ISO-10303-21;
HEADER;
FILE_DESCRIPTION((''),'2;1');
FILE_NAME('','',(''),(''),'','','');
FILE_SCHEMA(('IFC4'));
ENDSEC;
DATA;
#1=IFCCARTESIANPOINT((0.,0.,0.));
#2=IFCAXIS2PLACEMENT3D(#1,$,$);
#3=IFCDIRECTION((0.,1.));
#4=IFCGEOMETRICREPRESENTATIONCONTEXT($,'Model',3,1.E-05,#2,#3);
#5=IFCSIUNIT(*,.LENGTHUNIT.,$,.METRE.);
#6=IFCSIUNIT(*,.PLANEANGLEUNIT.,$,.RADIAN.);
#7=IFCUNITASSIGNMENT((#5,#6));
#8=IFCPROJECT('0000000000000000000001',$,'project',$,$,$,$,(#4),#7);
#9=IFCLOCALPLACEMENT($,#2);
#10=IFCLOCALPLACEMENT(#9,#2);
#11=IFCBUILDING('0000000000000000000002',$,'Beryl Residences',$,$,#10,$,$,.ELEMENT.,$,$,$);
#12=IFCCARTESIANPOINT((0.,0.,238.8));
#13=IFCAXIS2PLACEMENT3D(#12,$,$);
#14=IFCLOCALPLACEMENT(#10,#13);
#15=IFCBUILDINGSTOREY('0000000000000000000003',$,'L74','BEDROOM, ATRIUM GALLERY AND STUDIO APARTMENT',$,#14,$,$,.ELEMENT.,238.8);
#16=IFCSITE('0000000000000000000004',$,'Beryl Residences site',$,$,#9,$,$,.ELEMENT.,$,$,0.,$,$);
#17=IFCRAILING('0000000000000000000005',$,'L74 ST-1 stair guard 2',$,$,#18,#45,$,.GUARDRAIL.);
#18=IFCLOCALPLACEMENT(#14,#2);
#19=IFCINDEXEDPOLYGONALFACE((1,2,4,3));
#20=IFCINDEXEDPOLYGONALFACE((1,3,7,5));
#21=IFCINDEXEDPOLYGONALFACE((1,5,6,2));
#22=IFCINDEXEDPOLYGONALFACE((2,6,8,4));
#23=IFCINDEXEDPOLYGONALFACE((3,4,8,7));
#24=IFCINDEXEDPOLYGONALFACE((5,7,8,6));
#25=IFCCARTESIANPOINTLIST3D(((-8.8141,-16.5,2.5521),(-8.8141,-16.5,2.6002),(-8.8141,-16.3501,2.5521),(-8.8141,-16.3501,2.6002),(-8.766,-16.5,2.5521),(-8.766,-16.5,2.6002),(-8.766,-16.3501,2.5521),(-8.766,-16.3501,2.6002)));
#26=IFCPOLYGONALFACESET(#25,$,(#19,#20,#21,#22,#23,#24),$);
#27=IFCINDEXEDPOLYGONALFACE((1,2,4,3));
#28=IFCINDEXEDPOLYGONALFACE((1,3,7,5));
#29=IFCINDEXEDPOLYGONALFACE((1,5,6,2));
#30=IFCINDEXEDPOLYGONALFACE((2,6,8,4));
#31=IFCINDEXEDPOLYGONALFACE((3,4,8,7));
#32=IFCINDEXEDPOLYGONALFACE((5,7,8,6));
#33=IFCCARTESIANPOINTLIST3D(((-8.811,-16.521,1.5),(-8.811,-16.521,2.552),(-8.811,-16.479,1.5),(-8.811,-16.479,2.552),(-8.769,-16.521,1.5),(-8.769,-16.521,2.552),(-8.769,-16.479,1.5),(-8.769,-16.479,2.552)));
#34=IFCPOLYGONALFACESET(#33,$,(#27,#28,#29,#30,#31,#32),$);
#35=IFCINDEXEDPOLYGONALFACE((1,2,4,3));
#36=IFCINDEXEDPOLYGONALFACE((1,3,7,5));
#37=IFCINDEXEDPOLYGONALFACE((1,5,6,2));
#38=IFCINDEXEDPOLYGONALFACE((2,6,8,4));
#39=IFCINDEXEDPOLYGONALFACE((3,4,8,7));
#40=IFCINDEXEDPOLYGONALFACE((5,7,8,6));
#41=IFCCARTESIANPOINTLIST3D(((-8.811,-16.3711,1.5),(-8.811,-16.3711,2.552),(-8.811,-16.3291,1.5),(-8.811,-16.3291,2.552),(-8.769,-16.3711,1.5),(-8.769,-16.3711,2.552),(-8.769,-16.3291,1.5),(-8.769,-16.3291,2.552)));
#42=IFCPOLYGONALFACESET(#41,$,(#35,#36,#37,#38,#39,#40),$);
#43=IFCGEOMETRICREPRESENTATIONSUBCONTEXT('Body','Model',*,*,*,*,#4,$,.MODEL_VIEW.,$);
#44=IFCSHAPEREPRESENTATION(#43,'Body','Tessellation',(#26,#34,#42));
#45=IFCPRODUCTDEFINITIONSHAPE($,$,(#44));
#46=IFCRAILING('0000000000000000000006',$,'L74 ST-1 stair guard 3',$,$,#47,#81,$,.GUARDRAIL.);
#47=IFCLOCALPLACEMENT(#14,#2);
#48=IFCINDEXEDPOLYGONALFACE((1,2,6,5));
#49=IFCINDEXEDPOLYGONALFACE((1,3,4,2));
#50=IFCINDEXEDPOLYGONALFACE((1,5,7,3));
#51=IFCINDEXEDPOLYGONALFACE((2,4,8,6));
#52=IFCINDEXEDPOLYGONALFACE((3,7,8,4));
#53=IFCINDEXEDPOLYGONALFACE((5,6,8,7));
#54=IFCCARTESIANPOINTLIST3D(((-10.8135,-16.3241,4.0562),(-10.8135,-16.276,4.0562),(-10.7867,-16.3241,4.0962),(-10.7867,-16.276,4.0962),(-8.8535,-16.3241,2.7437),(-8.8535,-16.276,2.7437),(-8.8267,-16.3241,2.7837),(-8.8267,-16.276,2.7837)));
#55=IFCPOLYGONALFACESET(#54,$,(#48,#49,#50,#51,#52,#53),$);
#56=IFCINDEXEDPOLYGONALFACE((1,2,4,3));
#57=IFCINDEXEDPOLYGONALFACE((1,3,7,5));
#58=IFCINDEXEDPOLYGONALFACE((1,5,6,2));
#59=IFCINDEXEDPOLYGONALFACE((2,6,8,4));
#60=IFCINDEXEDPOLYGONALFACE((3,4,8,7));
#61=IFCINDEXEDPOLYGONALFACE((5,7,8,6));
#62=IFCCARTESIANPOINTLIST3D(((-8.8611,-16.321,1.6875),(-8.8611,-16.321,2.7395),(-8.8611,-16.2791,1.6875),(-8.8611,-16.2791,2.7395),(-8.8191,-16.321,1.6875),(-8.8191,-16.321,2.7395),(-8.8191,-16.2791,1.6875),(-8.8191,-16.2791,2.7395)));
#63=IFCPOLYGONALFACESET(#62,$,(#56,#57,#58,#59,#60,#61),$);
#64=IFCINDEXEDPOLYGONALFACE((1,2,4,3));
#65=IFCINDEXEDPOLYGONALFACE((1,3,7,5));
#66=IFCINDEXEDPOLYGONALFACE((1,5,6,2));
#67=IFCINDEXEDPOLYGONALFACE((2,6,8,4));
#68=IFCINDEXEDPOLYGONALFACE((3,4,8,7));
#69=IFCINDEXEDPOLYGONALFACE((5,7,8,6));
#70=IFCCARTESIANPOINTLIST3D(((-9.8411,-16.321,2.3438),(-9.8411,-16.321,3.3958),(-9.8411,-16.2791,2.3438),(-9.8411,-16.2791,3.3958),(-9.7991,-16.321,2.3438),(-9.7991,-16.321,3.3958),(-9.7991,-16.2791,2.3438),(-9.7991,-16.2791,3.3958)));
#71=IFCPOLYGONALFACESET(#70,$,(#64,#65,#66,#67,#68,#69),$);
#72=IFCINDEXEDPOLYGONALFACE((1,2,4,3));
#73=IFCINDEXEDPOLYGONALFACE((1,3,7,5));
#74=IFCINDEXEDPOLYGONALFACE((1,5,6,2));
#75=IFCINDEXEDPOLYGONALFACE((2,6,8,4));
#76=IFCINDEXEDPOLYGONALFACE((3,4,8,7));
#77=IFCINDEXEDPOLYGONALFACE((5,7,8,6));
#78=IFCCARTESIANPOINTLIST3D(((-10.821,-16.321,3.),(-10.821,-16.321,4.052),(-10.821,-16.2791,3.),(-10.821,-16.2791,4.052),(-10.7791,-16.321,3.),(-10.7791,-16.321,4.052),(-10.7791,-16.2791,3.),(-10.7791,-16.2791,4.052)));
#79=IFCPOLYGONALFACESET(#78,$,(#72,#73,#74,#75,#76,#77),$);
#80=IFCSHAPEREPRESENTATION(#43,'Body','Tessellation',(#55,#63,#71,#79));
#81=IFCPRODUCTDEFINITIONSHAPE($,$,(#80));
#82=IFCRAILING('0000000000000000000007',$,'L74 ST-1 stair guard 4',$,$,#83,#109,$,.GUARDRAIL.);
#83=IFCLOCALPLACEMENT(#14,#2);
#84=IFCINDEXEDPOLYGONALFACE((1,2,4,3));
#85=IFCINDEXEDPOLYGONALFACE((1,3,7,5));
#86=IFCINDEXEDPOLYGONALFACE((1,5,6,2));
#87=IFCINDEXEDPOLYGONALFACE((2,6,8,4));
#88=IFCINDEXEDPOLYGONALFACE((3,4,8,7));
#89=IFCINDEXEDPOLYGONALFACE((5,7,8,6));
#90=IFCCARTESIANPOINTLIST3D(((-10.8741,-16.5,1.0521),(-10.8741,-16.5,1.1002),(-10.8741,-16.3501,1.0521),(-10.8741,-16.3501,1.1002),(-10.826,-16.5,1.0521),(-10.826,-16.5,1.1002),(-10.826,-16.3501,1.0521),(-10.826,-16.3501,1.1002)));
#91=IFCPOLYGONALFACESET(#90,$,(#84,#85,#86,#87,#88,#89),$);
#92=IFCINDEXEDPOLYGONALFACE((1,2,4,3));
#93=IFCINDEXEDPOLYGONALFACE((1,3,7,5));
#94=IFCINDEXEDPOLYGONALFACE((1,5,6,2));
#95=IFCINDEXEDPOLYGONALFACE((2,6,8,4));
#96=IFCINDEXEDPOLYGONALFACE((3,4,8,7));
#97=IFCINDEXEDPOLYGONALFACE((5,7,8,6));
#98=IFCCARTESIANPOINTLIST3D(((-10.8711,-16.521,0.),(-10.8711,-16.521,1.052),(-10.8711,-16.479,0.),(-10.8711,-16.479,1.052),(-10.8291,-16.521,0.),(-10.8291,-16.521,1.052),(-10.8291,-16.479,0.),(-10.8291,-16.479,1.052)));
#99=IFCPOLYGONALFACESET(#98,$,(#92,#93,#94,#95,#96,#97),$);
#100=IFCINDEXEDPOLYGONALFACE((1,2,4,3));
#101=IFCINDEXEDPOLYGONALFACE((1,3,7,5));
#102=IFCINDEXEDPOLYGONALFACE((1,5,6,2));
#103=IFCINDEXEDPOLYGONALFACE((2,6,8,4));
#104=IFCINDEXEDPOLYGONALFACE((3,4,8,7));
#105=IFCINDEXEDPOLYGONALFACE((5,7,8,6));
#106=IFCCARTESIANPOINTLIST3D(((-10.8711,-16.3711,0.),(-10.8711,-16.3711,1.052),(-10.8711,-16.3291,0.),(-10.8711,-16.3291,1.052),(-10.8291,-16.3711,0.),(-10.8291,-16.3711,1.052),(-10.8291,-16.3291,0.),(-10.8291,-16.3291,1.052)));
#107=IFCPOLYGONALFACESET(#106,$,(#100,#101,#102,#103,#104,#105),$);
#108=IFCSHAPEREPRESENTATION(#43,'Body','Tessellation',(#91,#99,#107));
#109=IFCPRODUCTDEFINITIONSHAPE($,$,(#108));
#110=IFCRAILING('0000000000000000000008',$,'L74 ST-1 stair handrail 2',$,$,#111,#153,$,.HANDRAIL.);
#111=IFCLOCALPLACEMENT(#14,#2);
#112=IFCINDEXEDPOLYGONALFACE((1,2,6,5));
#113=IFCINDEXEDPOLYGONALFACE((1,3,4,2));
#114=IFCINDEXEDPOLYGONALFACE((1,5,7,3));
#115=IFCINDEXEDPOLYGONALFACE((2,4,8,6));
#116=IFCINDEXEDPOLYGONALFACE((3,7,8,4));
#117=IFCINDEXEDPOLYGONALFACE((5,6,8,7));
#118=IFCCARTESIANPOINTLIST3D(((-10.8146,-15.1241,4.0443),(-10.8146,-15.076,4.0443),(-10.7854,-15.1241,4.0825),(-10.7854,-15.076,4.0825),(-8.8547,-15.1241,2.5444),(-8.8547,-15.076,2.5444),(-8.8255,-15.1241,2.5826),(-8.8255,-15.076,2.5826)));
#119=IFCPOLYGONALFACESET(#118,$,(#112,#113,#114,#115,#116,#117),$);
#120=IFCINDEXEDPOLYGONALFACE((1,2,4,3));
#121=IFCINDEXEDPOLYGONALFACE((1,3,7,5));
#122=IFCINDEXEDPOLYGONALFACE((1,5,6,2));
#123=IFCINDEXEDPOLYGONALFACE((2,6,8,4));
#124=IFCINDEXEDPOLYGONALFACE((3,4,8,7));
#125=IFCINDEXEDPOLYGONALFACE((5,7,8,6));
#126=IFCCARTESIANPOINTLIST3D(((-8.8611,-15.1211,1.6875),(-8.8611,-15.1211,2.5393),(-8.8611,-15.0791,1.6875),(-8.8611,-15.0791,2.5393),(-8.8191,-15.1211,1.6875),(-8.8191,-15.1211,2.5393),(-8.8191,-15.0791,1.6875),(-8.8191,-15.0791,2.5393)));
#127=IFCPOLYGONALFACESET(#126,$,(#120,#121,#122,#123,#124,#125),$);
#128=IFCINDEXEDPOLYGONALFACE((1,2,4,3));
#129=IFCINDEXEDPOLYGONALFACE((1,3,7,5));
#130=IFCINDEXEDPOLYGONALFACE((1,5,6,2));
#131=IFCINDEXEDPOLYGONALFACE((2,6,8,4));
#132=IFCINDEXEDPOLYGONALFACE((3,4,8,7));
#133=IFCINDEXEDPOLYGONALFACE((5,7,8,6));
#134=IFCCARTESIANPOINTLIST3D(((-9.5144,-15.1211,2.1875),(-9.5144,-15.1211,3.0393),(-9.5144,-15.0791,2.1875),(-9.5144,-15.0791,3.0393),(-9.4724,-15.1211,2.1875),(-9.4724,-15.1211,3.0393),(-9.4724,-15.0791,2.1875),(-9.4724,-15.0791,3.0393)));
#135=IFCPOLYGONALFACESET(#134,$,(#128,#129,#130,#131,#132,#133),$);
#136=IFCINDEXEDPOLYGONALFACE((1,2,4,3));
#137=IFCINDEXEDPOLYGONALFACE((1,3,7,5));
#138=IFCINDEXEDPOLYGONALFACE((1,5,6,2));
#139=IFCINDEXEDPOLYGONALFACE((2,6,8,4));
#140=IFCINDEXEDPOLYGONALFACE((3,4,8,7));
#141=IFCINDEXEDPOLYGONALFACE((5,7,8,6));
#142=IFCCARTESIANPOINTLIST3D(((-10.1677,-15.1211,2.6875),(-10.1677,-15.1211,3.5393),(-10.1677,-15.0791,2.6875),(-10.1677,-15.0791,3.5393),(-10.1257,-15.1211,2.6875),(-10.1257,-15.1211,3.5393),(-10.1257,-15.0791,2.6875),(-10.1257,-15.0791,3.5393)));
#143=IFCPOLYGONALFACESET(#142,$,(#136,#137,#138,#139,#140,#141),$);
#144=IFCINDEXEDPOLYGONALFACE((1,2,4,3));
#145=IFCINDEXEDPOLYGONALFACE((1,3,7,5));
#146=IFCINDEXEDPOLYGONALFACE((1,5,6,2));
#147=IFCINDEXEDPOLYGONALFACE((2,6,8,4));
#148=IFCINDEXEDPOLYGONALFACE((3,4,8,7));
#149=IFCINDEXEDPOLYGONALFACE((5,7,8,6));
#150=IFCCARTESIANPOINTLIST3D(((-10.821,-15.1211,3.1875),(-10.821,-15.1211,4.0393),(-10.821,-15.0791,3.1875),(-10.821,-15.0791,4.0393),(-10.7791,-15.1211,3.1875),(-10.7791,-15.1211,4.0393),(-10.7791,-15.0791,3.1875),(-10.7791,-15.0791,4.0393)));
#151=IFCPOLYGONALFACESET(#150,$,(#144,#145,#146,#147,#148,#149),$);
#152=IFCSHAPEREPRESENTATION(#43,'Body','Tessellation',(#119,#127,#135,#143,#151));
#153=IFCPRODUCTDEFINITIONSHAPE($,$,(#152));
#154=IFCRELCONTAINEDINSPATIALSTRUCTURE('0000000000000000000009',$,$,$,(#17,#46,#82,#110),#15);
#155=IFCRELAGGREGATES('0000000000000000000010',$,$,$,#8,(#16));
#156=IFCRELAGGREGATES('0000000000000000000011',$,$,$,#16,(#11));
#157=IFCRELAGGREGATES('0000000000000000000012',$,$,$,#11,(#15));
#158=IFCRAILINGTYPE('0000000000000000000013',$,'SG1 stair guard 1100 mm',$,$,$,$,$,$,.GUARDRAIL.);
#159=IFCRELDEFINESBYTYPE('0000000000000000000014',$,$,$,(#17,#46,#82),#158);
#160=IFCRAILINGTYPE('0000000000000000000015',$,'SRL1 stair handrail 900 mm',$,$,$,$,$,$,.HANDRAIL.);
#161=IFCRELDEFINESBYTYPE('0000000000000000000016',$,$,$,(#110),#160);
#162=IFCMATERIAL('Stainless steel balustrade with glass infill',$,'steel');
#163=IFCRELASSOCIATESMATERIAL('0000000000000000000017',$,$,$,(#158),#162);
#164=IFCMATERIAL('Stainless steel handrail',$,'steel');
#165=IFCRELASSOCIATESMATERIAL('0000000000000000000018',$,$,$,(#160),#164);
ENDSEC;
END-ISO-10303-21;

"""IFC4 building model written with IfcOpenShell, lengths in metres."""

from ifc_helpers import new_model, si_unit, direction, frame, origin, origin_2d, place, context, subcontext, project, spatial, rectangle, extrude, material, type_object, element, save


model = new_model("IFC4")

# Units and contexts
model_context = context("Model", 3, precision=1e-05, world=origin(), true_north=direction((0.0, 1.0)))
body_context = subcontext(model_context, "Body", "Model", "MODEL_VIEW")
ifc_project = project(units=[si_unit("LENGTHUNIT", "METRE"), si_unit("PLANEANGLEUNIT", "RADIAN")], contexts=[model_context])

# Site, building, storey
site_placement = place(None, origin())
site = spatial("IfcSite", under=ifc_project, at=site_placement, Name="Beryl Residences site", CompositionType="ELEMENT", RefElevation=0.0)
building_placement = place(site_placement, origin())
building = spatial("IfcBuilding", under=site, at=building_placement, Name="Beryl Residences", CompositionType="ELEMENT")
storey_placement = place(building_placement, frame((0.0, 0.0, 238.8)))
storey = spatial("IfcBuildingStorey", under=building, at=storey_placement, Name="L74", Description="BEDROOM, ATRIUM GALLERY AND STUDIO APARTMENT", CompositionType="ELEMENT", Elevation=238.8)

# Railings
ifc_material_1 = material(Name="Stainless steel balustrade with glass infill", Category="steel")
railing_type_1 = type_object("IfcRailingType", Name="SG1 stair guard 1100 mm", PredefinedType="GUARDRAIL", material=ifc_material_1)
railing_1_placement = place(storey_placement, frame((-8.79, -16.5, 1.5)))
element("IfcRailing", 1, at=railing_1_placement, inside=storey, type_object=railing_type_1, Name="L74 ST-1 stair guard 2", PredefinedType="GUARDRAIL", context=body_context, shape_type="SweptSolid", body=[
    extrude(rectangle(XDim=0.0481, YDim=0.0481, at=origin_2d()), frame((0.0, 0.0, 1.0762), z_axis=(0.0, 1.0, 0.0), x_axis=(-1.0, 0.0, 0.0)), (0.0, 0.0, 1.0), 0.1499),
    extrude(rectangle(XDim=0.042, YDim=0.042, at=origin_2d()), origin(), (0.0, 0.0, 1.0), 1.052),
    extrude(rectangle(XDim=0.042, YDim=0.042, at=origin_2d()), frame((0.0, 0.1499, 0.0)), (0.0, 0.0, 1.0), 1.052),
])
railing_2_placement = place(storey_placement, frame((-8.8401, -16.3, 1.6875)))
element("IfcRailing", 2, at=railing_2_placement, inside=storey, type_object=railing_type_1, Name="L74 ST-1 stair guard 3", PredefinedType="GUARDRAIL", context=body_context, shape_type="SweptSolid", body=[
    extrude(rectangle(XDim=0.0481, YDim=0.0481, at=origin_2d()), frame((0.0, 0.0, 1.0762), z_axis=(-0.830902, 0.0, 0.556419), x_axis=(0.0, -1.0, 0.0)), (0.0, 0.0, 1.0), 2.3589),
    extrude(rectangle(XDim=0.042, YDim=0.042, at=origin_2d()), origin(), (0.0, 0.0, 1.0), 1.052),
    extrude(rectangle(XDim=0.042, YDim=0.042, at=origin_2d()), frame((-0.98, 0.0, 0.6562)), (0.0, 0.0, 1.0), 1.052),
    extrude(rectangle(XDim=0.042, YDim=0.042, at=origin_2d()), frame((-1.96, 0.0, 1.3125)), (0.0, 0.0, 1.0), 1.052),
])
railing_3_placement = place(storey_placement, frame((-10.8501, -16.5, 0.0)))
element("IfcRailing", 3, at=railing_3_placement, inside=storey, type_object=railing_type_1, Name="L74 ST-1 stair guard 4", PredefinedType="GUARDRAIL", context=body_context, shape_type="SweptSolid", body=[
    extrude(rectangle(XDim=0.0481, YDim=0.0481, at=origin_2d()), frame((0.0, 0.0, 1.0762), z_axis=(0.0, 1.0, 0.0), x_axis=(-1.0, 0.0, 0.0)), (0.0, 0.0, 1.0), 0.1499),
    extrude(rectangle(XDim=0.042, YDim=0.042, at=origin_2d()), origin(), (0.0, 0.0, 1.0), 1.052),
    extrude(rectangle(XDim=0.042, YDim=0.042, at=origin_2d()), frame((0.0, 0.1499, 0.0)), (0.0, 0.0, 1.0), 1.052),
])
ifc_material_2 = material(Name="Stainless steel handrail", Category="steel")
railing_type_2 = type_object("IfcRailingType", Name="SRL1 stair handrail 900 mm", PredefinedType="HANDRAIL", material=ifc_material_2)
railing_4_placement = place(storey_placement, frame((-8.8401, -15.1001, 1.6875)))
element("IfcRailing", 4, at=railing_4_placement, inside=storey, type_object=railing_type_2, Name="L74 ST-1 stair handrail 2", PredefinedType="HANDRAIL", context=body_context, shape_type="SweptSolid", body=[
    extrude(rectangle(XDim=0.0481, YDim=0.0481, at=origin_2d()), frame((0.0, 0.0, 0.876), z_axis=(-0.794122, 0.0, 0.607758), x_axis=(0.0, -1.0, 0.0)), (0.0, 0.0, 1.0), 2.468),
    extrude(rectangle(XDim=0.042, YDim=0.042, at=origin_2d()), origin(), (0.0, 0.0, 1.0), 0.8518),
    extrude(rectangle(XDim=0.042, YDim=0.042, at=origin_2d()), frame((-0.6533, 0.0, 0.5)), (0.0, 0.0, 1.0), 0.8518),
    extrude(rectangle(XDim=0.042, YDim=0.042, at=origin_2d()), frame((-1.3066, 0.0, 1.0)), (0.0, 0.0, 1.0), 0.8518),
    extrude(rectangle(XDim=0.042, YDim=0.042, at=origin_2d()), frame((-1.96, 0.0, 1.5)), (0.0, 0.0, 1.0), 0.8518),
])

save(model, "model.ifc")
